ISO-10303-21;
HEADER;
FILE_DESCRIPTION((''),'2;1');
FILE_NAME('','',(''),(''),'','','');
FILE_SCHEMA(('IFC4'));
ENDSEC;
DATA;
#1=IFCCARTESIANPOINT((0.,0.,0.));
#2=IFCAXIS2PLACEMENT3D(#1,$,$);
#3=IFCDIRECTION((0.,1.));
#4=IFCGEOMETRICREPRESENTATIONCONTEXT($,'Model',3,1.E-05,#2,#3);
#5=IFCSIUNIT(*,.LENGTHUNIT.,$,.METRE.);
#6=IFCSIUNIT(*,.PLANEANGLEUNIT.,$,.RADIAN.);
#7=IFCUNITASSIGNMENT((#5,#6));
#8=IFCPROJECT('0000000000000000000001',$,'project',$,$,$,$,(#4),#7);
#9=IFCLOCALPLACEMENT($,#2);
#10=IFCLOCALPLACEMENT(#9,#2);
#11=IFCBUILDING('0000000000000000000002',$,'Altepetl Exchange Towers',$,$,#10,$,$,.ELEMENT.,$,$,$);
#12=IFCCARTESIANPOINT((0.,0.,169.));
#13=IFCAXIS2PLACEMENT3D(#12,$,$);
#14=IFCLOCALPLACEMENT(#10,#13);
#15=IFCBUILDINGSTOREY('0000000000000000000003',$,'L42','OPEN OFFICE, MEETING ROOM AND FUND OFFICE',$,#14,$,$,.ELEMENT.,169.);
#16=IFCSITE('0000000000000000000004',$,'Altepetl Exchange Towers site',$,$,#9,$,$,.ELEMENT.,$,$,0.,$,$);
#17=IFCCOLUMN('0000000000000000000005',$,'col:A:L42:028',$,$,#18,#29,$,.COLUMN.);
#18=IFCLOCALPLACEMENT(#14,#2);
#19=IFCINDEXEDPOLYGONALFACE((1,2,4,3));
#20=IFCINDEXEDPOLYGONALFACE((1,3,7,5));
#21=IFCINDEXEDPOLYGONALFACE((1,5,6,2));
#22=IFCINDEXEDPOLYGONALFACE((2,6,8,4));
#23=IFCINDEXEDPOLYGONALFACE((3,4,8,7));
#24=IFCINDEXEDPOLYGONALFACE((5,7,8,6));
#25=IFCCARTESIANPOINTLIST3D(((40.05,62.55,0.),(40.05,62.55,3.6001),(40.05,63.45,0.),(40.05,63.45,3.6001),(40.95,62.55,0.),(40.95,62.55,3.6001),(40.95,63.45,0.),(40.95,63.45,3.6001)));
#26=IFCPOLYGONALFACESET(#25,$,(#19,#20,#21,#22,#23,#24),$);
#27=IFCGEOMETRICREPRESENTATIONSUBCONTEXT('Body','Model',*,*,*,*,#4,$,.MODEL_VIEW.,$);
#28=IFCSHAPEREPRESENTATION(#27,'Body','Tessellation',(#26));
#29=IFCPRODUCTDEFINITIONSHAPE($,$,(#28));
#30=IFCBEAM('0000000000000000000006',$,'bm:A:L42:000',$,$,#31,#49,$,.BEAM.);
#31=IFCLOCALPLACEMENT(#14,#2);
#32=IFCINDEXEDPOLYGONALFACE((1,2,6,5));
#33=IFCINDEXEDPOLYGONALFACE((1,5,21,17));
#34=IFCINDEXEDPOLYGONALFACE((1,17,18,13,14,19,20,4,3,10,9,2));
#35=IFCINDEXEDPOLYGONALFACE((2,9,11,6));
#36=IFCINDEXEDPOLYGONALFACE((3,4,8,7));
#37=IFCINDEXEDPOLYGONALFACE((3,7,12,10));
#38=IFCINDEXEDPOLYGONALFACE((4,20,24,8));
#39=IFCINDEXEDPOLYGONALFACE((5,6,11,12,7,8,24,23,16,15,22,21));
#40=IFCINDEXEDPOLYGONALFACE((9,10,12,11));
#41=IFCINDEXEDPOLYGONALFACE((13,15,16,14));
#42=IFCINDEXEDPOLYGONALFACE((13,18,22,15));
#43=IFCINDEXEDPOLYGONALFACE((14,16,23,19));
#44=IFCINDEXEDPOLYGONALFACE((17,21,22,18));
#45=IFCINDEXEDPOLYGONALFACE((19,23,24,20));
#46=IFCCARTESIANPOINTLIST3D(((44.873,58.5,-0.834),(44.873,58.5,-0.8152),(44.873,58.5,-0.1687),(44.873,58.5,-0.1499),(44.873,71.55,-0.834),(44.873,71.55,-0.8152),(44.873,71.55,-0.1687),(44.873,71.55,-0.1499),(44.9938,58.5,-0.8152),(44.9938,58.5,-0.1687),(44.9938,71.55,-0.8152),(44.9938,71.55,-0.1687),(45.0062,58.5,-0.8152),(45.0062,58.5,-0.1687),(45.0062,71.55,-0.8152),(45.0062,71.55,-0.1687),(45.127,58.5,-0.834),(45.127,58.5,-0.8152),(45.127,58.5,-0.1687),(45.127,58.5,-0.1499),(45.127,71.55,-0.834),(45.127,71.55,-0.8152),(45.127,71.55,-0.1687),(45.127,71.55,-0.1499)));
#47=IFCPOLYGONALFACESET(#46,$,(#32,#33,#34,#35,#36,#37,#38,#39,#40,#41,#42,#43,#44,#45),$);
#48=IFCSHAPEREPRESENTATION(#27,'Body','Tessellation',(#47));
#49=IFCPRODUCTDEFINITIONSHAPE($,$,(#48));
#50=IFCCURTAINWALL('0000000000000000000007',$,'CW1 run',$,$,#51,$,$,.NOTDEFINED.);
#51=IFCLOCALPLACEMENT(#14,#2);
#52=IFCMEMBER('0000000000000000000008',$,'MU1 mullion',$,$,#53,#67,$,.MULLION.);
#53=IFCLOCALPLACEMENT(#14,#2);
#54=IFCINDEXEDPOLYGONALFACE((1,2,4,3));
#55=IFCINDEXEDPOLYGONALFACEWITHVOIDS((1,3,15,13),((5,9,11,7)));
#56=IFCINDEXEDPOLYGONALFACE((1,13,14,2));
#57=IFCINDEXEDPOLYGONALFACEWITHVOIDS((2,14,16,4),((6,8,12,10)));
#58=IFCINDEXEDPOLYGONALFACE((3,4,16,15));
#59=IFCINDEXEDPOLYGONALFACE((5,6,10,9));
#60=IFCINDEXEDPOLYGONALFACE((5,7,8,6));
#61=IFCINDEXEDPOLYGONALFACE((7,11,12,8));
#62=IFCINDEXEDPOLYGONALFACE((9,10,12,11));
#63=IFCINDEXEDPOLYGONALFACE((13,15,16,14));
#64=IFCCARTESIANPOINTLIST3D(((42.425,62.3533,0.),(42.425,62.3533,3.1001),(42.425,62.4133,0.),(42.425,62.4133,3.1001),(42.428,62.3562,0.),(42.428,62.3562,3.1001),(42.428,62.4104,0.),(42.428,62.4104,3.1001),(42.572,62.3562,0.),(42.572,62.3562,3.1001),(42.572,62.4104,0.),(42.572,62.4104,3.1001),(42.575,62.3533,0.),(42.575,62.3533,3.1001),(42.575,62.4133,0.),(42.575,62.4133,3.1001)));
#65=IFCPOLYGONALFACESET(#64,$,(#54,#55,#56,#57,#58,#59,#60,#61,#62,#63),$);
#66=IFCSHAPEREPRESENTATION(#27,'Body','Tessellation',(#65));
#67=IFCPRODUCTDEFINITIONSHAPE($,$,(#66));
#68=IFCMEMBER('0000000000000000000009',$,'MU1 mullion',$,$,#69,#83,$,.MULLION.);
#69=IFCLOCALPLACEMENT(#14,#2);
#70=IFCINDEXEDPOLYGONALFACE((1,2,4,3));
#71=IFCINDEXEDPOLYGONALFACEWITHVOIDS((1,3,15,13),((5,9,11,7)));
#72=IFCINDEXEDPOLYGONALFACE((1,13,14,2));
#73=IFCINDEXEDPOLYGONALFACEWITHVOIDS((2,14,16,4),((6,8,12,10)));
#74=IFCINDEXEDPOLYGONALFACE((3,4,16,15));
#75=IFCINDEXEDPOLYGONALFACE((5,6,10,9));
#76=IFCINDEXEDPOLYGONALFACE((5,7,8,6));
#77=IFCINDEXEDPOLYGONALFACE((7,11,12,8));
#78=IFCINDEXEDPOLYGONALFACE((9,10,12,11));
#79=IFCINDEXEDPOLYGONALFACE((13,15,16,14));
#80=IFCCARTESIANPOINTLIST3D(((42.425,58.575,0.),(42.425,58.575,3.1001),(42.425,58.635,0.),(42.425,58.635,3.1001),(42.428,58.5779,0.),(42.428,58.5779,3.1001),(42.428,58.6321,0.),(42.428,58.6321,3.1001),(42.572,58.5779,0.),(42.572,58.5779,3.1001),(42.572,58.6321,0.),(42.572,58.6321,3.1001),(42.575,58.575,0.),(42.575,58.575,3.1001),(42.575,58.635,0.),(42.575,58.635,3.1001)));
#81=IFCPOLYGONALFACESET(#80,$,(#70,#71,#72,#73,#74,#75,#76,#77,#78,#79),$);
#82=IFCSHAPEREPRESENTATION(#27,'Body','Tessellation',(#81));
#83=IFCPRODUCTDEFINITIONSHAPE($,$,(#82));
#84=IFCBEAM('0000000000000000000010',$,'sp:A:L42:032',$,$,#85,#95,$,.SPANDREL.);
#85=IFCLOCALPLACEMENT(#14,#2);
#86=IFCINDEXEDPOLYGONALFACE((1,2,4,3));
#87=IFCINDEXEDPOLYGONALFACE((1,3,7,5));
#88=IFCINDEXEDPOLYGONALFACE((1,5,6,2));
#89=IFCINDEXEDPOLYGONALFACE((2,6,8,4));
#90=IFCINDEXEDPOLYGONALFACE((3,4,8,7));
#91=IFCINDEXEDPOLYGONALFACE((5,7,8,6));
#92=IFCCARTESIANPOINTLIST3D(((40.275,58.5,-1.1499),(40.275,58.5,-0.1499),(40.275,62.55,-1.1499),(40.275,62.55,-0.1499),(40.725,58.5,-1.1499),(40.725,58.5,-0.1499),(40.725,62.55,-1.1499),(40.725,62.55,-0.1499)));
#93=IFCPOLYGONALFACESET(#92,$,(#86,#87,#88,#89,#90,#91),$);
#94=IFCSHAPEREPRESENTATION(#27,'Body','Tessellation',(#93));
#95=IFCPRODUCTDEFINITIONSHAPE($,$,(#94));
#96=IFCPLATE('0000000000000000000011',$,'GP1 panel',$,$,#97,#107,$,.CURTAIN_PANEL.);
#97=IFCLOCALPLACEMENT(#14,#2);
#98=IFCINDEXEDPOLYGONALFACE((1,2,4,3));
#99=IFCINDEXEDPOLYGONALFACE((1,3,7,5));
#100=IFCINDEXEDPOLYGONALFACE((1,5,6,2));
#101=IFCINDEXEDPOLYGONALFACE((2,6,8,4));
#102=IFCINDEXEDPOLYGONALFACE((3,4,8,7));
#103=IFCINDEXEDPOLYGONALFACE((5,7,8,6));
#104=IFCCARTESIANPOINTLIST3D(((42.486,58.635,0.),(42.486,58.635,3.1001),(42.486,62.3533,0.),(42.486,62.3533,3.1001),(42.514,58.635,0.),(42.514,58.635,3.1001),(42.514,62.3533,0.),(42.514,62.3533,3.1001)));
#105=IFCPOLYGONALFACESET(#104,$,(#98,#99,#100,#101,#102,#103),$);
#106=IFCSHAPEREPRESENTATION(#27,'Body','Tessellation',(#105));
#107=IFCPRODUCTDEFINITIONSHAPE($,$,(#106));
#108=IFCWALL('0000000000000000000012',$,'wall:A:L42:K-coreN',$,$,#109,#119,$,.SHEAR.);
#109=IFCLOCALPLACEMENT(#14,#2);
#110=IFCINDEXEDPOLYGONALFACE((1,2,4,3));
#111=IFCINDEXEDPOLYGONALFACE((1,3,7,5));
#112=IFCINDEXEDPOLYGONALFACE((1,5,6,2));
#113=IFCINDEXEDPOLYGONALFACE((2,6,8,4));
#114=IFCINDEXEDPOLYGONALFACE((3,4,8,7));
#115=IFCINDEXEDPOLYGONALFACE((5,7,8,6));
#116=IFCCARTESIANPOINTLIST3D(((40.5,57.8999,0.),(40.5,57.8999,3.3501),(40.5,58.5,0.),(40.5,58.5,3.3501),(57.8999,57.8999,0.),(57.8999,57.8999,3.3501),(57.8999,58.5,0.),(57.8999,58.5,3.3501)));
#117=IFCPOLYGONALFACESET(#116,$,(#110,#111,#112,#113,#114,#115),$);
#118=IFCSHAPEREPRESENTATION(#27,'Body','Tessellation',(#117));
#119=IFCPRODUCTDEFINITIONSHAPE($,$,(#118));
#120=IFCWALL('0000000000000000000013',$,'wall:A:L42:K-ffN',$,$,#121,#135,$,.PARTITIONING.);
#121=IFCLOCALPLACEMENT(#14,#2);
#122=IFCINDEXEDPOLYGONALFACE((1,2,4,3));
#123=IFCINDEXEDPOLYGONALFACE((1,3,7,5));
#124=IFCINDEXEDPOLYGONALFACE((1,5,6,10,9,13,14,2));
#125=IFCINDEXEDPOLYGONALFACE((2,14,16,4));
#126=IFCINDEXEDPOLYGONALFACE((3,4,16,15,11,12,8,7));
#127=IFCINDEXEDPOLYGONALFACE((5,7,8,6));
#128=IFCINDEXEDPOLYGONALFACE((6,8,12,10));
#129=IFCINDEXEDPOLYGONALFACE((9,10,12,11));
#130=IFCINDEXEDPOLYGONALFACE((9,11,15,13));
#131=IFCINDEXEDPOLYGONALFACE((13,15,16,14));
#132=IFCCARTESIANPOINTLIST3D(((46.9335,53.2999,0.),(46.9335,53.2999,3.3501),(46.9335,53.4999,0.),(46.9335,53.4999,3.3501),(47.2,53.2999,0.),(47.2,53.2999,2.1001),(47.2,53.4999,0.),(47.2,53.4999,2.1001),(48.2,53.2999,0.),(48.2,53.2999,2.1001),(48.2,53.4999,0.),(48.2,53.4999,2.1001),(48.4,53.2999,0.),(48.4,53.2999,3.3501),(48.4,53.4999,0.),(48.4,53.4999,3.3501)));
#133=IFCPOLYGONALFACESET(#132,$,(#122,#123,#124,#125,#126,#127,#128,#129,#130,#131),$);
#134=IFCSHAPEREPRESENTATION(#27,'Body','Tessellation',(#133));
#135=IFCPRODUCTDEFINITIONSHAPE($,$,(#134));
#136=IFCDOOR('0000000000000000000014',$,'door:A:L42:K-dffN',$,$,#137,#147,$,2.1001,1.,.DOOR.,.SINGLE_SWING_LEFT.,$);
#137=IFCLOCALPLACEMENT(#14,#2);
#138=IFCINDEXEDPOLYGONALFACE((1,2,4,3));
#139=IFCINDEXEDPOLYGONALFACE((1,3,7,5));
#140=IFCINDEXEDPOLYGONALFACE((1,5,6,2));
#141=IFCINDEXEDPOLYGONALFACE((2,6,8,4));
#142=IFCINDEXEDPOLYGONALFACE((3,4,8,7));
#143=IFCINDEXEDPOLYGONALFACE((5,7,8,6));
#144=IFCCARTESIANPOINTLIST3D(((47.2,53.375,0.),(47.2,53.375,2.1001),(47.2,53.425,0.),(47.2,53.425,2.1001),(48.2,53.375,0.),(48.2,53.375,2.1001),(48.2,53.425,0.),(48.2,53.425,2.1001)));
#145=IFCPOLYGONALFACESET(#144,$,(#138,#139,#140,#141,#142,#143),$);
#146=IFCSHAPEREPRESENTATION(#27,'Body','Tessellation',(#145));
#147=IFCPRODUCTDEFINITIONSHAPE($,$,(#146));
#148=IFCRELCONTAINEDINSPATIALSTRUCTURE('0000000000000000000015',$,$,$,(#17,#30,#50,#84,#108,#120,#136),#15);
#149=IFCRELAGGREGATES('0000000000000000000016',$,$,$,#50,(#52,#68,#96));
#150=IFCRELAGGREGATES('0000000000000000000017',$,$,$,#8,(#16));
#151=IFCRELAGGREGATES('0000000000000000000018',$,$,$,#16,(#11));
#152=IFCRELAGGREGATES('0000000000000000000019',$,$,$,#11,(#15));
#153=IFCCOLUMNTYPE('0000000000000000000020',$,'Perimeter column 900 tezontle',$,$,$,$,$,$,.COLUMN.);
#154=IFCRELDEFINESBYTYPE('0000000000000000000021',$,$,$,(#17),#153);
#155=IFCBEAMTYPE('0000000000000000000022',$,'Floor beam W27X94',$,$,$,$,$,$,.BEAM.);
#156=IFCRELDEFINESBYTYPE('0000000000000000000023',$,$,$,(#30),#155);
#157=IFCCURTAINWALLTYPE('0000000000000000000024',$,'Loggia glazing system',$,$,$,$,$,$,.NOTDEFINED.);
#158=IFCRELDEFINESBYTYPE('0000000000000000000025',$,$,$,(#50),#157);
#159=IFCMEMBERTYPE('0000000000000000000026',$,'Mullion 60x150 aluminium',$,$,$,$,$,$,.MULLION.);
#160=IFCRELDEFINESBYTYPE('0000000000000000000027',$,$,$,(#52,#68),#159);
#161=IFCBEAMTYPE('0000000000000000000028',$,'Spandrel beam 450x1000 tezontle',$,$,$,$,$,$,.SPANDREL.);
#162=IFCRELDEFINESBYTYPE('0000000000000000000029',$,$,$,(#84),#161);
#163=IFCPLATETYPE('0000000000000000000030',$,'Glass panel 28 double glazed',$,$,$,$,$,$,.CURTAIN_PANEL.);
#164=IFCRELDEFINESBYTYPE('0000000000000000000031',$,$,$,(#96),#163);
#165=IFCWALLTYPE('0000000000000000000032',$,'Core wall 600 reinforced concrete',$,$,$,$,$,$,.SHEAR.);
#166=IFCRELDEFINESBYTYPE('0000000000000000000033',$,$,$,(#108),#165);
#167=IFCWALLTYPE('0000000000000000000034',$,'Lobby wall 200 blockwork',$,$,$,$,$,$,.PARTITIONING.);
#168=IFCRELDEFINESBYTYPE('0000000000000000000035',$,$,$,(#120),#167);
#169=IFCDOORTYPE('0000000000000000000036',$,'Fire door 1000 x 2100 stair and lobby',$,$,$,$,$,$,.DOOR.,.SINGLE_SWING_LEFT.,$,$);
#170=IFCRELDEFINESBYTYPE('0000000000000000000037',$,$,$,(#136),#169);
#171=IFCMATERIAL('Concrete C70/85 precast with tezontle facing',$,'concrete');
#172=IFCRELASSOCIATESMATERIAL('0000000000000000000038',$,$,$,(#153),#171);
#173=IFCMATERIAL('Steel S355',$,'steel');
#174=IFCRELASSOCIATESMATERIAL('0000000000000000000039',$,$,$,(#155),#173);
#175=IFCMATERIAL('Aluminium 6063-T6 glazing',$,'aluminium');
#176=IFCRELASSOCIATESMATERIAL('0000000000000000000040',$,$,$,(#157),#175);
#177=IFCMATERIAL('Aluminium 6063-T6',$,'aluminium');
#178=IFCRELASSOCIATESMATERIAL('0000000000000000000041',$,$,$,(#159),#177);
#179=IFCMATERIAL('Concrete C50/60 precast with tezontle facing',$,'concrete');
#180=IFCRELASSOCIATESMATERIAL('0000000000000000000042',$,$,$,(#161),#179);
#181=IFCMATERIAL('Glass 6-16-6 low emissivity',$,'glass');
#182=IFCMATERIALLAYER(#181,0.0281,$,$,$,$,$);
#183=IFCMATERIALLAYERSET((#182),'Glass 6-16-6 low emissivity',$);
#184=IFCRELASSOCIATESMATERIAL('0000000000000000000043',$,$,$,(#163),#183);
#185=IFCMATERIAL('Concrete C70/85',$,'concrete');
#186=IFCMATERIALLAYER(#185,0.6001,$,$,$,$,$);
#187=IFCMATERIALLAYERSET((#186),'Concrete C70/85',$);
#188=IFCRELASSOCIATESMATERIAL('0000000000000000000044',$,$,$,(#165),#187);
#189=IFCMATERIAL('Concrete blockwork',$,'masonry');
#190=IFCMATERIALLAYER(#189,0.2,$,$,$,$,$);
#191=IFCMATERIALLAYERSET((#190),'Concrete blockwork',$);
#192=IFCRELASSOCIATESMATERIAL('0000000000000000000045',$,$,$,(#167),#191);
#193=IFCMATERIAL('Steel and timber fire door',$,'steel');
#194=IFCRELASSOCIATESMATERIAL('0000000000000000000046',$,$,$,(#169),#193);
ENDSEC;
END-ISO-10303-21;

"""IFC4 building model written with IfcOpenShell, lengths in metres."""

from ifc_helpers import new_model, si_unit, direction, frame, frame_2d, origin, origin_2d, place, context, subcontext, project, spatial, rectangle, hollow_rectangle, i_section, extrude, material, layer, layer_set, material_profile, profile_set, type_object, element, fill, aggregate, save


model = new_model("IFC4")

# Units and contexts
model_context = context("Model", 3, precision=1e-05, world=origin(), true_north=direction((0.0, 1.0)))
body_context = subcontext(model_context, "Body", "Model", "MODEL_VIEW")
ifc_project = project(units=[si_unit("LENGTHUNIT", "METRE"), si_unit("PLANEANGLEUNIT", "RADIAN")], contexts=[model_context])

# Site, building, storey
site_placement = place(None, origin())
site = spatial("IfcSite", under=ifc_project, at=site_placement, Name="Altepetl Exchange Towers site", CompositionType="ELEMENT", RefElevation=0.0)
building_placement = place(site_placement, origin())
building = spatial("IfcBuilding", under=site, at=building_placement, Name="Altepetl Exchange Towers", CompositionType="ELEMENT")
storey_placement = place(building_placement, frame((0.0, 0.0, 169.0)))
storey = spatial("IfcBuildingStorey", under=building, at=storey_placement, Name="L42", Description="OPEN OFFICE, MEETING ROOM AND FUND OFFICE", CompositionType="ELEMENT", Elevation=169.0)

# Column
ifc_material_1 = material(Name="Concrete C70/85 precast with tezontle facing", Category="concrete")
ifc_material_profile_1 = material_profile(ifc_material_1, rectangle(XDim=0.8999, YDim=0.8999, at=origin_2d()), Name="900 x 900")
ifc_profile_set_1 = profile_set([ifc_material_profile_1], Name="Concrete C70/85 precast with tezontle facing")
column_type = type_object("IfcColumnType", Name="Perimeter column 900 tezontle", PredefinedType="COLUMN", material=ifc_profile_set_1)
column_placement = place(storey_placement, frame((40.5, 63.0, 0.0)))
element("IfcColumn", 1, at=column_placement, inside=storey, type_object=column_type, Name="col:A:L42:028", PredefinedType="COLUMN", context=body_context, shape_type="SweptSolid", body=[
    extrude(rectangle(XDim=0.8999, YDim=0.8999, at=origin_2d()), origin(), (0.0, 0.0, 1.0), 3.6001),
])

# Beam
ifc_material_2 = material(Name="Steel S355", Category="steel")
ifc_material_profile_2 = material_profile(ifc_material_2, i_section(OverallWidth=0.2539, OverallDepth=0.6841, WebThickness=0.0125, FlangeThickness=0.0188, at=origin_2d()), Name="W27X94")
ifc_profile_set_2 = profile_set([ifc_material_profile_2], Name="Steel S355")
beam_type_1 = type_object("IfcBeamType", Name="Floor beam W27X94", PredefinedType="BEAM", material=ifc_profile_set_2)
beam_1_placement = place(storey_placement, frame((45.0, 58.5, -0.4919), z_axis=(0.0, 1.0, 0.0), x_axis=(-1.0, 0.0, 0.0)))
element("IfcBeam", 2, at=beam_1_placement, inside=storey, type_object=beam_type_1, Name="bm:A:L42:000", PredefinedType="BEAM", context=body_context, shape_type="SweptSolid", body=[
    extrude(i_section(OverallWidth=0.2539, OverallDepth=0.6841, WebThickness=0.0125, FlangeThickness=0.0188, at=origin_2d()), origin(), (0.0, 0.0, 1.0), 13.05),
])

# Curtain wall, members
ifc_material_3 = material(Name="Aluminium 6063-T6 glazing", Category="aluminium")
curtain_wall_type = type_object("IfcCurtainWallType", Name="Loggia glazing system", PredefinedType="NOTDEFINED", material=ifc_material_3)
curtain_wall_placement = place(storey_placement, origin())
curtain_wall = element("IfcCurtainWall", 3, at=curtain_wall_placement, inside=storey, type_object=curtain_wall_type, Name="CW1 run", PredefinedType="NOTDEFINED")
ifc_material_4 = material(Name="Aluminium 6063-T6", Category="aluminium")
ifc_material_profile_3 = material_profile(ifc_material_4, hollow_rectangle(XDim=0.0601, YDim=0.1499, WallThickness=0.0029, at=origin_2d()), Name="Mullion 60x150 aluminium")
ifc_profile_set_3 = profile_set([ifc_material_profile_3], Name="Aluminium 6063-T6")
member_type = type_object("IfcMemberType", Name="Mullion 60x150 aluminium", PredefinedType="MULLION", material=ifc_profile_set_3)
member_1_placement = place(storey_placement, frame((42.5, 62.3833, 0.0), z_axis=(0.0, 0.0, 1.0), x_axis=(0.0, -1.0, 0.0)))
member_1 = element("IfcMember", 4, at=member_1_placement, type_object=member_type, Name="MU1 mullion", PredefinedType="MULLION", context=body_context, shape_type="SweptSolid", body=[
    extrude(hollow_rectangle(XDim=0.0601, YDim=0.1499, WallThickness=0.0029, at=origin_2d()), origin(), (0.0, 0.0, 1.0), 3.1001),
])
member_2_placement = place(storey_placement, frame((42.5, 58.605, 0.0), z_axis=(0.0, 0.0, 1.0), x_axis=(0.0, -1.0, 0.0)))
member_2 = element("IfcMember", 5, at=member_2_placement, type_object=member_type, Name="MU1 mullion", PredefinedType="MULLION", context=body_context, shape_type="SweptSolid", body=[
    extrude(hollow_rectangle(XDim=0.0601, YDim=0.1499, WallThickness=0.0029, at=origin_2d()), origin(), (0.0, 0.0, 1.0), 3.1001),
])

# Beam
ifc_material_5 = material(Name="Concrete C50/60 precast with tezontle facing", Category="concrete")
ifc_material_profile_4 = material_profile(ifc_material_5, rectangle(XDim=0.45, YDim=1.0, at=origin_2d()), Name="450 x 1000")
ifc_profile_set_4 = profile_set([ifc_material_profile_4], Name="Concrete C50/60 precast with tezontle facing")
beam_type_2 = type_object("IfcBeamType", Name="Spandrel beam 450x1000 tezontle", PredefinedType="SPANDREL", material=ifc_profile_set_4)
beam_2_placement = place(storey_placement, frame((40.5, 62.55, -0.6499), z_axis=(0.0, -1.0, 0.0), x_axis=(1.0, 0.0, 0.0)))
element("IfcBeam", 6, at=beam_2_placement, inside=storey, type_object=beam_type_2, Name="sp:A:L42:032", PredefinedType="SPANDREL", context=body_context, shape_type="SweptSolid", body=[
    extrude(rectangle(XDim=0.45, YDim=1.0, at=origin_2d()), origin(), (0.0, 0.0, 1.0), 4.05),
])

# Plate
ifc_material_6 = material(Name="Glass 6-16-6 low emissivity", Category="glass")
ifc_layer_1 = layer(ifc_material_6, 0.0281)
ifc_layer_set_1 = layer_set([ifc_layer_1], Name="Glass 6-16-6 low emissivity")
plate_type = type_object("IfcPlateType", Name="Glass panel 28 double glazed", PredefinedType="CURTAIN_PANEL", material=ifc_layer_set_1)
plate_placement = place(storey_placement, frame((42.5, 60.4941, 0.0), z_axis=(0.0, 0.0, 1.0), x_axis=(0.0, -1.0, 0.0)))
plate = element("IfcPlate", 7, at=plate_placement, type_object=plate_type, Name="GP1 panel", PredefinedType="CURTAIN_PANEL", context=body_context, shape_type="SweptSolid", body=[
    extrude(rectangle(XDim=3.7183, YDim=0.0281, at=origin_2d()), origin(), (0.0, 0.0, 1.0), 3.1001),
])
aggregate(curtain_wall, [member_1, member_2, plate])

# Wall
ifc_material_7 = material(Name="Concrete C70/85", Category="concrete")
ifc_layer_2 = layer(ifc_material_7, 0.6001)
ifc_layer_set_2 = layer_set([ifc_layer_2], Name="Concrete C70/85")
wall_type_1 = type_object("IfcWallType", Name="Core wall 600 reinforced concrete", PredefinedType="SHEAR", material=ifc_layer_set_2)
wall_1_placement = place(storey_placement, frame((40.5, 58.2, 0.0)))
element("IfcWall", 8, at=wall_1_placement, inside=storey, type_object=wall_type_1, Name="wall:A:L42:K-coreN", PredefinedType="SHEAR", context=body_context, shape_type="SweptSolid", body=[
    extrude(rectangle(XDim=17.3999, YDim=0.6001, at=frame_2d((8.7, 0.0))), origin(), (0.0, 0.0, 1.0), 3.3501),
])

# Wall, opening, door
ifc_material_8 = material(Name="Concrete blockwork", Category="masonry")
ifc_layer_3 = layer(ifc_material_8, 0.2)
ifc_layer_set_3 = layer_set([ifc_layer_3], Name="Concrete blockwork")
wall_type_2 = type_object("IfcWallType", Name="Lobby wall 200 blockwork", PredefinedType="PARTITIONING", material=ifc_layer_set_3)
wall_2_placement = place(storey_placement, frame((46.9333, 53.3999, 0.0)))
wall_2 = element("IfcWall", 9, at=wall_2_placement, inside=storey, type_object=wall_type_2, Name="wall:A:L42:K-ffN", PredefinedType="PARTITIONING", context=body_context, shape_type="SweptSolid", body=[
    extrude(rectangle(XDim=1.4666, YDim=0.2, at=frame_2d((0.7334, 0.0))), origin(), (0.0, 0.0, 1.0), 3.3501),
])
opening_1_placement = place(wall_2_placement, frame((0.2666, 0.0, 0.0)))
opening_1 = element("IfcOpeningElement", 10, at=opening_1_placement, cuts=wall_2, PredefinedType="OPENING", context=body_context, shape_type="SweptSolid", body=[
    extrude(rectangle(XDim=1.0, YDim=2.1001, at=frame_2d((0.5, 1.05))), frame((0.0, 0.1099, 0.0), z_axis=(0.0, -1.0, 0.0), x_axis=(1.0, 0.0, 0.0)), (0.0, 0.0, 1.0), 0.22),
])
ifc_material_9 = material(Name="Steel and timber fire door", Category="steel")
door_type_1 = type_object("IfcDoorType", Name="Fire door 1000 x 2100 stair and lobby", OperationType="SINGLE_SWING_LEFT", PredefinedType="DOOR", material=ifc_material_9)
door_1_placement = place(opening_1_placement, frame((1.0, 0.0, 0.0), x_axis=(-1.0, 0.0, 0.0)))
door_1 = element("IfcDoor", 11, at=door_1_placement, inside=storey, type_object=door_type_1, Name="door:A:L42:K-dffN", OperationType="SINGLE_SWING_LEFT", OverallHeight=2.1001, OverallWidth=1.0, PredefinedType="DOOR", context=body_context, shape_type="SweptSolid", body=[
    extrude(rectangle(XDim=1.0, YDim=2.1001, at=frame_2d((0.5, 1.05))), frame((0.0, 0.0249, 0.0), z_axis=(0.0, -1.0, 0.0), x_axis=(1.0, 0.0, 0.0)), (0.0, 0.0, 1.0), 0.05),
])
fill(opening_1, door_1)

save(model, "model.ifc")
